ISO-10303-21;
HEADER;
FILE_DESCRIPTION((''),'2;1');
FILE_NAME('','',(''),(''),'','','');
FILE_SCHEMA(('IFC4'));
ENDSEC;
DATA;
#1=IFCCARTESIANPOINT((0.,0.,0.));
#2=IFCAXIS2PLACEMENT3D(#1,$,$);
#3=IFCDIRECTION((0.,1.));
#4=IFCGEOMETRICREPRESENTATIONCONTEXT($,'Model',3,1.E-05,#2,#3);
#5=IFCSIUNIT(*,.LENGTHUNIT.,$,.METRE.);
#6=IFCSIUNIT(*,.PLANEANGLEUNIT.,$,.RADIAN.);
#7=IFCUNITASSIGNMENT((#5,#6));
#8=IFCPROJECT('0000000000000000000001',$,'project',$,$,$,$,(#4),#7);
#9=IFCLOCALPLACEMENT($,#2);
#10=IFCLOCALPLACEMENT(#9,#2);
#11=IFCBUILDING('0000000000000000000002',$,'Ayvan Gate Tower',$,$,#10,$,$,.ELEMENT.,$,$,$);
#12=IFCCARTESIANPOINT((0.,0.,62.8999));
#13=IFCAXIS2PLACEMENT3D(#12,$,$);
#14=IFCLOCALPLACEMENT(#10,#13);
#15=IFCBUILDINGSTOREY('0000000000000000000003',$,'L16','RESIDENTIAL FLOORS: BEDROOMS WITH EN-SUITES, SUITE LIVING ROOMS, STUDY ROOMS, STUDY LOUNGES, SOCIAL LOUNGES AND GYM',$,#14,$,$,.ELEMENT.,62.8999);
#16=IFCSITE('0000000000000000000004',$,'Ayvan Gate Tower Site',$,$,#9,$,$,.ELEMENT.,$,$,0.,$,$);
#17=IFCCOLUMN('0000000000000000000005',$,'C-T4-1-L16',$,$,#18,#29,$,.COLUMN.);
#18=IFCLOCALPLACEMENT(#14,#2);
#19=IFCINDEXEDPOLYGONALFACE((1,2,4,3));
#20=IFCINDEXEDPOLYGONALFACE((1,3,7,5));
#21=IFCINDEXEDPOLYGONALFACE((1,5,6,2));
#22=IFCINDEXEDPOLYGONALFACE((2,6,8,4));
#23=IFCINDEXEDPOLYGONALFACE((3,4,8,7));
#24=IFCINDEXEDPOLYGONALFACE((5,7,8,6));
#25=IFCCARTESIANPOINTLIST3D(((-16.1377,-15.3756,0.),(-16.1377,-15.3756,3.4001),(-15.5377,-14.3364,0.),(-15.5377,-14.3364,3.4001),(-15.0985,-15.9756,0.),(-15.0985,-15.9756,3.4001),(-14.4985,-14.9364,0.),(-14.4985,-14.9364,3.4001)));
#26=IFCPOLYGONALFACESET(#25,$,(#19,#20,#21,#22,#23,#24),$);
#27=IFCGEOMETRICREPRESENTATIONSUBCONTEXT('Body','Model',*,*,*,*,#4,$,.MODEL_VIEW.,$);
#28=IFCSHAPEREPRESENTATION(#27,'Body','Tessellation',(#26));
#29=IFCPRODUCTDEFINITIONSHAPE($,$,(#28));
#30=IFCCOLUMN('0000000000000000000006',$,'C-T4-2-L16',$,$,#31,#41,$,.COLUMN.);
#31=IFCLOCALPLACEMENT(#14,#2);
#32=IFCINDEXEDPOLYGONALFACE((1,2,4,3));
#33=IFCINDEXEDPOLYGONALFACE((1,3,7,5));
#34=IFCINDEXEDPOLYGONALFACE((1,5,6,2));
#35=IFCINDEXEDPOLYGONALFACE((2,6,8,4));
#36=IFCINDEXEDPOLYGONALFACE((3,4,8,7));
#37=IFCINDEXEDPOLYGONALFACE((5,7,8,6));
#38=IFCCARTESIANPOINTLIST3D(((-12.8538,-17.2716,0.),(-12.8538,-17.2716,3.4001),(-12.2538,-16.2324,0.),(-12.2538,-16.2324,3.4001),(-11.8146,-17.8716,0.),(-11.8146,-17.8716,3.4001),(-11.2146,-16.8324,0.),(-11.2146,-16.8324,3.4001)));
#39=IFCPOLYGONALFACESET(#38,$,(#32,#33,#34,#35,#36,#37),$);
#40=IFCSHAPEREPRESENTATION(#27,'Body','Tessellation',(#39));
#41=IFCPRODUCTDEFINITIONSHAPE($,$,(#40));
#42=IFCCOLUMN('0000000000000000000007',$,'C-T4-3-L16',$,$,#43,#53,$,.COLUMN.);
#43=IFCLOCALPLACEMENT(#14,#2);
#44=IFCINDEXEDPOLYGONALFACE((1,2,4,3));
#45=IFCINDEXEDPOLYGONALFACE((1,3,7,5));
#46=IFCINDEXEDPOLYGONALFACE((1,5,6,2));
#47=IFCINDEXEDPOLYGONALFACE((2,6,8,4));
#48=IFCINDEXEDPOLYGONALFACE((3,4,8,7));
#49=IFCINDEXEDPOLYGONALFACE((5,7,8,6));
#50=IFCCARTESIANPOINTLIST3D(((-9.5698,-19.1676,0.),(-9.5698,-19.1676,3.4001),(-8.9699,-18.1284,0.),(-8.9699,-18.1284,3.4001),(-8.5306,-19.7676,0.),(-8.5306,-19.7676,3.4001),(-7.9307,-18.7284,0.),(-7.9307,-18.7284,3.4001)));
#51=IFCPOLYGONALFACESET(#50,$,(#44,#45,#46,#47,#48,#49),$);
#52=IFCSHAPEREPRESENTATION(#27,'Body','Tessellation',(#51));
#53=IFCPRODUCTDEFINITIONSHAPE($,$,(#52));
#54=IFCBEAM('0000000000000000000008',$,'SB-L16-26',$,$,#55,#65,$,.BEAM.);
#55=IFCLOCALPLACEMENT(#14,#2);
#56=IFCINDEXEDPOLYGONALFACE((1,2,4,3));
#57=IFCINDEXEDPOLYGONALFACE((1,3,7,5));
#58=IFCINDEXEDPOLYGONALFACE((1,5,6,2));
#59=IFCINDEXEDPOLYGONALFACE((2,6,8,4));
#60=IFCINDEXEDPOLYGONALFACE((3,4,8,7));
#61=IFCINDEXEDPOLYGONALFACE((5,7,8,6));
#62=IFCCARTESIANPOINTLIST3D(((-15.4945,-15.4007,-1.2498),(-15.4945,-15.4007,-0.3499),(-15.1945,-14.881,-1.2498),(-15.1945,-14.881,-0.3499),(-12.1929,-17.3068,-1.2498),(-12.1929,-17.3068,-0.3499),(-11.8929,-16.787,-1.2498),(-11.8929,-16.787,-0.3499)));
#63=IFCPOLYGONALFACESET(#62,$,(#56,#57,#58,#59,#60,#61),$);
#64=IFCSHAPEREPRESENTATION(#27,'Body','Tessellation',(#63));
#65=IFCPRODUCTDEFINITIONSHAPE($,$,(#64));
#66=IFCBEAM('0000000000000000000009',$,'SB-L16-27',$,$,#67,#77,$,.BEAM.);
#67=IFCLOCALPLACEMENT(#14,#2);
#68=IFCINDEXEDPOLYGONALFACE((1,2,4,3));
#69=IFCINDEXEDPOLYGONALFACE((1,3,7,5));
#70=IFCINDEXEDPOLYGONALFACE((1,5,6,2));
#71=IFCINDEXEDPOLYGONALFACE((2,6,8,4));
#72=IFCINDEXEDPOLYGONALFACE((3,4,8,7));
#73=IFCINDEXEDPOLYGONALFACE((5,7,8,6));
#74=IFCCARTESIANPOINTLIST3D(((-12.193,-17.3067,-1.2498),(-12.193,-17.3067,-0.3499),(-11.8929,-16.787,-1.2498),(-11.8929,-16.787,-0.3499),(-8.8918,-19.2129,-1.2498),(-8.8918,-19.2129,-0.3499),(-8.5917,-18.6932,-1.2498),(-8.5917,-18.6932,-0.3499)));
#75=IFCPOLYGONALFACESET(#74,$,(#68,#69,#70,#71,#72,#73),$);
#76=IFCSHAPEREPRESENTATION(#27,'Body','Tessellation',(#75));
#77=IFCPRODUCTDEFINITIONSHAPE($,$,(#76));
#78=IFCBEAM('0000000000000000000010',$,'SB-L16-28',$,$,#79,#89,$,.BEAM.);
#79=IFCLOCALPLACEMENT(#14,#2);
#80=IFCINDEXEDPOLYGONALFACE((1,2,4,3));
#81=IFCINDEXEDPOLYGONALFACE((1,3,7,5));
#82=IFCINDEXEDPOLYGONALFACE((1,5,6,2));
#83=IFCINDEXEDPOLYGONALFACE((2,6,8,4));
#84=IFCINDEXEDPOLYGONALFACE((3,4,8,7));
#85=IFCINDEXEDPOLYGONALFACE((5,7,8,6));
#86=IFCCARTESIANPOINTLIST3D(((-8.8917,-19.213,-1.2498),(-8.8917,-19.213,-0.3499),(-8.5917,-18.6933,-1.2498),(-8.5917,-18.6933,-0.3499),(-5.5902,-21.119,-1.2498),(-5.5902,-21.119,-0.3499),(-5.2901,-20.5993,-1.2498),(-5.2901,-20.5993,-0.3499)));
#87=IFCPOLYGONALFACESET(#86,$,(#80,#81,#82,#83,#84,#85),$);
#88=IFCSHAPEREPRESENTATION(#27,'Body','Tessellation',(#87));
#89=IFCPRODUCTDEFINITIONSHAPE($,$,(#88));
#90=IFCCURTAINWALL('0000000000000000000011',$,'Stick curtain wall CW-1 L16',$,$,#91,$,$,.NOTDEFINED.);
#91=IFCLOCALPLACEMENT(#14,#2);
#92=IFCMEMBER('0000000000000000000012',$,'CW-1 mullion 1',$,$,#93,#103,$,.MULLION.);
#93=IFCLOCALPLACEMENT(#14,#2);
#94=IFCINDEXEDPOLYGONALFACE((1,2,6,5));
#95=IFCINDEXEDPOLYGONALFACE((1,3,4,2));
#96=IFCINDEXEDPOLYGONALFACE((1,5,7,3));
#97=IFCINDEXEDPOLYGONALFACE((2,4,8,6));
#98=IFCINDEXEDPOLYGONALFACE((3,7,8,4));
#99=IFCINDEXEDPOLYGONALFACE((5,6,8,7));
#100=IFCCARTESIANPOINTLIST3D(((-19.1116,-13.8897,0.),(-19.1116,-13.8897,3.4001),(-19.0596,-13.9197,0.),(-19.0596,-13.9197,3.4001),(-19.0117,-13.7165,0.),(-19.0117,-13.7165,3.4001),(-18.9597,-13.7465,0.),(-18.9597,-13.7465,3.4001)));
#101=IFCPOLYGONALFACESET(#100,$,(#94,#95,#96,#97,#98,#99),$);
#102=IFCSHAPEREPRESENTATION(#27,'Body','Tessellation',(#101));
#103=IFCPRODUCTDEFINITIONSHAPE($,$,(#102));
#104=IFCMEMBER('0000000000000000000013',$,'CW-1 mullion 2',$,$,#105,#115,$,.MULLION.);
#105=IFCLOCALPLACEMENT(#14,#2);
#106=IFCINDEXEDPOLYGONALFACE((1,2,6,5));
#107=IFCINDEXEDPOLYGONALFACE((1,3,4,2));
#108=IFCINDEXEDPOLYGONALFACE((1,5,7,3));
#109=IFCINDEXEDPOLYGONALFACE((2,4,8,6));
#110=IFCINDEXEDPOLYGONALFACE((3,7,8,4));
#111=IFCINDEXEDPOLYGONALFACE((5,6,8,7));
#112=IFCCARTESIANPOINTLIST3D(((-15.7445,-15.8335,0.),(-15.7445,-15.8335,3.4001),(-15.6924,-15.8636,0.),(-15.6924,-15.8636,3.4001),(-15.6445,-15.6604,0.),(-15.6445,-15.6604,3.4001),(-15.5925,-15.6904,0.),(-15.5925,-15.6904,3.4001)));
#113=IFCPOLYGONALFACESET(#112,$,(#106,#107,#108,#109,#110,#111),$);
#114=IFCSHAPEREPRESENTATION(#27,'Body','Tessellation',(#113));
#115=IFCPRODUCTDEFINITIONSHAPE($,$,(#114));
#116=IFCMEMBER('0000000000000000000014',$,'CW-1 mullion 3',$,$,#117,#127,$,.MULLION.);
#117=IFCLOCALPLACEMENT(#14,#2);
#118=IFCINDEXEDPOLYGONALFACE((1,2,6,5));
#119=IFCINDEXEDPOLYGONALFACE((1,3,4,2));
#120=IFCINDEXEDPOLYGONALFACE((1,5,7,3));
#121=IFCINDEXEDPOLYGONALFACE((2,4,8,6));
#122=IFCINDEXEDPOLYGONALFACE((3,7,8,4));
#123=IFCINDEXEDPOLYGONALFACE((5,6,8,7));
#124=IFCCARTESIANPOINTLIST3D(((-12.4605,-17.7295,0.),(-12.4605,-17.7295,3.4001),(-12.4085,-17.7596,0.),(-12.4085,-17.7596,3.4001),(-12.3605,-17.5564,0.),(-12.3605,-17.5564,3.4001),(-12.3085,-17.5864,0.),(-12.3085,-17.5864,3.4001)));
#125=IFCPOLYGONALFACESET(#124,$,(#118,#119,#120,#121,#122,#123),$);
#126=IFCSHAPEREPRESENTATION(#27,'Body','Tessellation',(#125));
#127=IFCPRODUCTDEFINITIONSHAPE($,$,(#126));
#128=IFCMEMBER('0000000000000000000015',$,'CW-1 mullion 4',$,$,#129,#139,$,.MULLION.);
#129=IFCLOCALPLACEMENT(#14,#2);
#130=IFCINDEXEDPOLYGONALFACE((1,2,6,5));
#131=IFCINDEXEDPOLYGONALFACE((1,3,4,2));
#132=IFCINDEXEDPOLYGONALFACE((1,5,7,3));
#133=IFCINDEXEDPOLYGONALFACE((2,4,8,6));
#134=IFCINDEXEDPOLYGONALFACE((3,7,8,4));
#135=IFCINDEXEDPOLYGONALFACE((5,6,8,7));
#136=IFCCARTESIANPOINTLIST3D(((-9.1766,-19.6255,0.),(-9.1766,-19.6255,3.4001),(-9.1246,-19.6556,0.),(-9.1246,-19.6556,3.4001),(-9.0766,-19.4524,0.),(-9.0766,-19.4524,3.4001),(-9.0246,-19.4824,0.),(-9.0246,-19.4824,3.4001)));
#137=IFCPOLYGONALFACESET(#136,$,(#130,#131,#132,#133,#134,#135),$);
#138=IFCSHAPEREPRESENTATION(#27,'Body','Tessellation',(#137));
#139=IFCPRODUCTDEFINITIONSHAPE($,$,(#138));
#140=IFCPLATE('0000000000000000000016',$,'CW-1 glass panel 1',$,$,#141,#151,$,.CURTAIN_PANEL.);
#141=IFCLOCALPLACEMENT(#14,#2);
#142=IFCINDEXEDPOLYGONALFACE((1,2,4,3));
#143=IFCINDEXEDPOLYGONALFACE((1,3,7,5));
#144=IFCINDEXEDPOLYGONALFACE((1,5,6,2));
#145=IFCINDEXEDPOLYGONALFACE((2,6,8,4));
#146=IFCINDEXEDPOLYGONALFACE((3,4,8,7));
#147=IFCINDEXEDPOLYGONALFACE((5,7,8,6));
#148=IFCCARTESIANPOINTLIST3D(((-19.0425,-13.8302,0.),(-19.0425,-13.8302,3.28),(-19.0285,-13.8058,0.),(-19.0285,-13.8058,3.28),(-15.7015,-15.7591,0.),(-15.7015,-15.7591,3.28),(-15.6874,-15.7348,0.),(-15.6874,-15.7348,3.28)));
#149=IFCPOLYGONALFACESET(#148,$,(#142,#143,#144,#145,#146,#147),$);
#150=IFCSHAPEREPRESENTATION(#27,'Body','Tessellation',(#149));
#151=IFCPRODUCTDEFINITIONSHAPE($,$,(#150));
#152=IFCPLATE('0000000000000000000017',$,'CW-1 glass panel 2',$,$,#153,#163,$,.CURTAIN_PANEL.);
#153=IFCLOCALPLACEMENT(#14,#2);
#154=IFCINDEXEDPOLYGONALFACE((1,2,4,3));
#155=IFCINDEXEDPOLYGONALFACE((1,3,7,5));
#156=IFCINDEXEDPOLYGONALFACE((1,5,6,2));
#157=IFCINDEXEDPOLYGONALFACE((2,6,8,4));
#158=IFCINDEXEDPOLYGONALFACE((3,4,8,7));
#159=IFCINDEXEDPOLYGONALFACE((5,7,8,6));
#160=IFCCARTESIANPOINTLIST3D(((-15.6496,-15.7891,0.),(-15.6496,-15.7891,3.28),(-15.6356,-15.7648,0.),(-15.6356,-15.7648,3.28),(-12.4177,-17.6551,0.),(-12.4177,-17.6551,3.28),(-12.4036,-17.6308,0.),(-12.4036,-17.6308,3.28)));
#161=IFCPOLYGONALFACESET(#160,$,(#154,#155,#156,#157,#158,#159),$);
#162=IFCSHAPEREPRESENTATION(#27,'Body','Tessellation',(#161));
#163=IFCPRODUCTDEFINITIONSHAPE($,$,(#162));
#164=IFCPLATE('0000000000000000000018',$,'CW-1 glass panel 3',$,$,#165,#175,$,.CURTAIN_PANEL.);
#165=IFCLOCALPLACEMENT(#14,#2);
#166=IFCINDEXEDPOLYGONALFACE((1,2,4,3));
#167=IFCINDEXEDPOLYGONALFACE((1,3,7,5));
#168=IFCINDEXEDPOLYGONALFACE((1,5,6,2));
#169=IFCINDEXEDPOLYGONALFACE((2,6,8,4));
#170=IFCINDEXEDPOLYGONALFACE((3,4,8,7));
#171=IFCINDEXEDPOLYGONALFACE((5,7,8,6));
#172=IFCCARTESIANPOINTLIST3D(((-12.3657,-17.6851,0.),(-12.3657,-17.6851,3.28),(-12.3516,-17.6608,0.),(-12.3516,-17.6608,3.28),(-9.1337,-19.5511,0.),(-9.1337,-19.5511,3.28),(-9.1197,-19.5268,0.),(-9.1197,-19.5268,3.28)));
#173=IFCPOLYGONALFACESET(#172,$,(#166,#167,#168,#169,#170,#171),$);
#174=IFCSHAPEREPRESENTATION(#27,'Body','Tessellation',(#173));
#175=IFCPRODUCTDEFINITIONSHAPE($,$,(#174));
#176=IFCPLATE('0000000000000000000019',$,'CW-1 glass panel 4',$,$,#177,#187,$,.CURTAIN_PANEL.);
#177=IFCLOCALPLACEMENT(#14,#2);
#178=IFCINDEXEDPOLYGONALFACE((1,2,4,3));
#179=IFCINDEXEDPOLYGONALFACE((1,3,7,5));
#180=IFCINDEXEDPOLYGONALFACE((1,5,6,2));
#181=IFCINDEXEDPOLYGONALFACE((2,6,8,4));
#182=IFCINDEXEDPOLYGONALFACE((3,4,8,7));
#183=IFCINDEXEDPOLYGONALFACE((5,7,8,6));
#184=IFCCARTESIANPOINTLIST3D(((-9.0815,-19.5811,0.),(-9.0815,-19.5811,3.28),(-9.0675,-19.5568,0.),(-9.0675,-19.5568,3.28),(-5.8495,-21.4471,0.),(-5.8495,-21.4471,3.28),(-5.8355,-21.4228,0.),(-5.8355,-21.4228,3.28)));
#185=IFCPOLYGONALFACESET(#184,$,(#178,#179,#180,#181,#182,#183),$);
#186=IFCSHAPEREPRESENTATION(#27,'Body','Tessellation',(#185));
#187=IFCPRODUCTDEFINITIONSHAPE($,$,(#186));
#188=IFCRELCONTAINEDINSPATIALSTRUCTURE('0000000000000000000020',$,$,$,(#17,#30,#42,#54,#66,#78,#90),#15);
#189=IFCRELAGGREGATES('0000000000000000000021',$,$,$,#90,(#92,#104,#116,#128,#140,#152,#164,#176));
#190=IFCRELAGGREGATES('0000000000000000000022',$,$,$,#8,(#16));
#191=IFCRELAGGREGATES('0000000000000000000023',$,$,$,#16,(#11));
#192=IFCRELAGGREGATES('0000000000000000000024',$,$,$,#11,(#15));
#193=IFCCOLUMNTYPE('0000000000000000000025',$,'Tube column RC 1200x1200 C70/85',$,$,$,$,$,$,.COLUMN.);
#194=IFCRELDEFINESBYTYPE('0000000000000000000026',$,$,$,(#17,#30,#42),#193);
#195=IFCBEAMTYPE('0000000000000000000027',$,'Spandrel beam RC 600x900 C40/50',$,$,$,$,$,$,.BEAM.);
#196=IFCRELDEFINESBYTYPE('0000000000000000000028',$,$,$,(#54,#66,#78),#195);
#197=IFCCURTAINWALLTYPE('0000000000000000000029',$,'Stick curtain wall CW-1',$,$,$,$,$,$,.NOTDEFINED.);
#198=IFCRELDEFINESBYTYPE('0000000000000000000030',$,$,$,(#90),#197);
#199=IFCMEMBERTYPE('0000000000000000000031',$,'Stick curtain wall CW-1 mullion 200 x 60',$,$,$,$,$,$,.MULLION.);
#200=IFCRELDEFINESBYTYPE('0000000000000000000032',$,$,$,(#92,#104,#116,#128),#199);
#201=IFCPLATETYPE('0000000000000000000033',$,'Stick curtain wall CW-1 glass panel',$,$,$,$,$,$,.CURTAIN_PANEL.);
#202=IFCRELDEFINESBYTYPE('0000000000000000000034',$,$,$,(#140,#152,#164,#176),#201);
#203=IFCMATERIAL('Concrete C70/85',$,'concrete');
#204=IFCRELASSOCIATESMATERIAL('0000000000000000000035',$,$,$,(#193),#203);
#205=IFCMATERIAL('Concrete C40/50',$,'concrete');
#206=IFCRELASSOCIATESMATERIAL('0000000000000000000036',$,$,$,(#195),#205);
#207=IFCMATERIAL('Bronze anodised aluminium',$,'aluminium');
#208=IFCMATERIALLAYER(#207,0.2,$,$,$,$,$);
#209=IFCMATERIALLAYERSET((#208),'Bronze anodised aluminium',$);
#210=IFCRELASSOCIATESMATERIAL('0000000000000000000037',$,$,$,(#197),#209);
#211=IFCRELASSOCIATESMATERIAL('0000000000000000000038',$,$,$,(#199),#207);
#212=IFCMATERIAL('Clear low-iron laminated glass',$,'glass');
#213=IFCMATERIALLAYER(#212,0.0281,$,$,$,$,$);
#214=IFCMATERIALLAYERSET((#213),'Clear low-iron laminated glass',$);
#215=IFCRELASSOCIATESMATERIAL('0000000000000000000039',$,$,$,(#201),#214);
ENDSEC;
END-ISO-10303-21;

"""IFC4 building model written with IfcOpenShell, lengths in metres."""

from ifc_helpers import new_model, si_unit, direction, frame, origin, origin_2d, place, context, subcontext, project, spatial, rectangle, extrude, material, layer, layer_set, material_profile, profile_set, type_object, element, aggregate, save


model = new_model("IFC4")

# Units and contexts
model_context = context("Model", 3, precision=1e-05, world=origin(), true_north=direction((0.0, 1.0)))
body_context = subcontext(model_context, "Body", "Model", "MODEL_VIEW")
ifc_project = project(units=[si_unit("LENGTHUNIT", "METRE"), si_unit("PLANEANGLEUNIT", "RADIAN")], contexts=[model_context])

# Site, building, storey
site_placement = place(None, origin())
site = spatial("IfcSite", under=ifc_project, at=site_placement, Name="Ayvan Gate Tower Site", CompositionType="ELEMENT", RefElevation=0.0)
building_placement = place(site_placement, origin())
building = spatial("IfcBuilding", under=site, at=building_placement, Name="Ayvan Gate Tower", CompositionType="ELEMENT")
storey_placement = place(building_placement, frame((0.0, 0.0, 62.8999)))
storey = spatial("IfcBuildingStorey", under=building, at=storey_placement, Name="L16", Description="RESIDENTIAL FLOORS: BEDROOMS WITH EN-SUITES, SUITE LIVING ROOMS, STUDY ROOMS, STUDY LOUNGES, SOCIAL LOUNGES AND GYM", CompositionType="ELEMENT", Elevation=62.8999)

# Columns
ifc_material_1 = material(Name="Concrete C70/85", Category="concrete")
ifc_material_profile_1 = material_profile(ifc_material_1, rectangle(XDim=1.2, YDim=1.2, at=origin_2d()), Name="RC 1200x1200")
ifc_profile_set_1 = profile_set([ifc_material_profile_1], Name="Concrete C70/85")
column_type = type_object("IfcColumnType", Name="Tube column RC 1200x1200 C70/85", PredefinedType="COLUMN", material=ifc_profile_set_1)
for number, where, z_axis, x_axis, name in (
    (1, (-15.3181, -15.156, 0.0), (0.0, 0.0, 1.0), (-0.5, -0.866025, 0.0), "C-T4-1-L16"),
    (2, (-12.0342, -17.052, 0.0), (0.0, 0.0, 1.0), (-0.5, -0.866025, 0.0), "C-T4-2-L16"),
    (3, (-8.7502, -18.948, 0.0), (0.0, 0.0, 1.0), (-0.5, -0.866025, 0.0), "C-T4-3-L16"),
):
    element("IfcColumn", number, at=place(storey_placement, frame(where, z_axis=z_axis, x_axis=x_axis)), inside=storey, type_object=column_type, Name=name, PredefinedType="COLUMN", context=body_context, shape_type="SweptSolid", body=[
        extrude(rectangle(XDim=1.2, YDim=1.2, at=origin_2d()), origin(), (0.0, 0.0, 1.0), 3.4001),
    ])

# Beams
ifc_material_2 = material(Name="Concrete C40/50", Category="concrete")
ifc_material_profile_2 = material_profile(ifc_material_2, rectangle(XDim=0.6001, YDim=0.8999, at=origin_2d()), Name="RC 600x900")
ifc_profile_set_2 = profile_set([ifc_material_profile_2], Name="Concrete C40/50")
beam_type = type_object("IfcBeamType", Name="Spandrel beam RC 600x900 C40/50", PredefinedType="BEAM", material=ifc_profile_set_2)
beam_1_placement = place(storey_placement, frame((-15.3445, -15.1409, -0.7998), z_axis=(0.866039, -0.499976, 0.0), x_axis=(0.499976, 0.866039, 0.0)))
element("IfcBeam", 4, at=beam_1_placement, inside=storey, type_object=beam_type, Name="SB-L16-26", PredefinedType="BEAM", context=body_context, shape_type="SweptSolid", body=[
    extrude(rectangle(XDim=0.6001, YDim=0.8999, at=origin_2d()), origin(), (0.0, 0.0, 1.0), 3.8123),
])
beam_2_placement = place(storey_placement, frame((-12.043, -17.0469, -0.7998), z_axis=(0.865996, -0.500051, 0.0), x_axis=(0.500051, 0.865996, 0.0)))
element("IfcBeam", 5, at=beam_2_placement, inside=storey, type_object=beam_type, Name="SB-L16-27", PredefinedType="BEAM", context=body_context, shape_type="SweptSolid", body=[
    extrude(rectangle(XDim=0.6001, YDim=0.8999, at=origin_2d()), origin(), (0.0, 0.0, 1.0), 3.812),
])
beam_3_placement = place(storey_placement, frame((-8.7417, -18.9531, -0.7998), z_axis=(0.866039, -0.499976, 0.0), x_axis=(0.499976, 0.866039, 0.0)))
element("IfcBeam", 6, at=beam_3_placement, inside=storey, type_object=beam_type, Name="SB-L16-28", PredefinedType="BEAM", context=body_context, shape_type="SweptSolid", body=[
    extrude(rectangle(XDim=0.6001, YDim=0.8999, at=origin_2d()), origin(), (0.0, 0.0, 1.0), 3.8123),
])

# Curtain wall, members, plates
ifc_material_3 = material(Name="Bronze anodised aluminium", Category="aluminium")
ifc_layer_1 = layer(ifc_material_3, 0.2)
ifc_layer_set_1 = layer_set([ifc_layer_1], Name="Bronze anodised aluminium")
curtain_wall_type = type_object("IfcCurtainWallType", Name="Stick curtain wall CW-1", PredefinedType="NOTDEFINED", material=ifc_layer_set_1)
curtain_wall_placement = place(storey_placement, origin())
curtain_wall = element("IfcCurtainWall", 7, at=curtain_wall_placement, inside=storey, type_object=curtain_wall_type, Name="Stick curtain wall CW-1 L16", PredefinedType="NOTDEFINED")
ifc_material_profile_3 = material_profile(ifc_material_3, rectangle(XDim=0.2, YDim=0.0601, at=origin_2d()), Name="Stick curtain wall CW-1 mullion 200 x 60")
ifc_profile_set_3 = profile_set([ifc_material_profile_3], Name="Bronze anodised aluminium")
member_type = type_object("IfcMemberType", Name="Stick curtain wall CW-1 mullion 200 x 60", PredefinedType="MULLION", material=ifc_profile_set_3)
member_1_placement = place(storey_placement, frame((-19.0356, -13.8181, 0.0), z_axis=(0.0, 0.0, 1.0), x_axis=(-0.5, -0.866025, 0.0)))
member_1 = element("IfcMember", 8, at=member_1_placement, type_object=member_type, Name="CW-1 mullion 1", PredefinedType="MULLION", context=body_context, shape_type="SweptSolid", body=[
    extrude(rectangle(XDim=0.2, YDim=0.0601, at=origin_2d()), origin(), (0.0, 0.0, 1.0), 3.4001),
])
member_2_placement = place(storey_placement, frame((-15.6685, -15.762, 0.0), z_axis=(0.0, 0.0, 1.0), x_axis=(-0.5, -0.866025, 0.0)))
member_2 = element("IfcMember", 9, at=member_2_placement, type_object=member_type, Name="CW-1 mullion 2", PredefinedType="MULLION", context=body_context, shape_type="SweptSolid", body=[
    extrude(rectangle(XDim=0.2, YDim=0.0601, at=origin_2d()), origin(), (0.0, 0.0, 1.0), 3.4001),
])
member_3_placement = place(storey_placement, frame((-12.3845, -17.658, 0.0), z_axis=(0.0, 0.0, 1.0), x_axis=(-0.5, -0.866025, 0.0)))
member_3 = element("IfcMember", 10, at=member_3_placement, type_object=member_type, Name="CW-1 mullion 3", PredefinedType="MULLION", context=body_context, shape_type="SweptSolid", body=[
    extrude(rectangle(XDim=0.2, YDim=0.0601, at=origin_2d()), origin(), (0.0, 0.0, 1.0), 3.4001),
])
member_4_placement = place(storey_placement, frame((-9.1006, -19.554, 0.0), z_axis=(0.0, 0.0, 1.0), x_axis=(-0.5, -0.866025, 0.0)))
member_4 = element("IfcMember", 11, at=member_4_placement, type_object=member_type, Name="CW-1 mullion 4", PredefinedType="MULLION", context=body_context, shape_type="SweptSolid", body=[
    extrude(rectangle(XDim=0.2, YDim=0.0601, at=origin_2d()), origin(), (0.0, 0.0, 1.0), 3.4001),
])
ifc_material_4 = material(Name="Clear low-iron laminated glass", Category="glass")
ifc_layer_2 = layer(ifc_material_4, 0.0281)
ifc_layer_set_2 = layer_set([ifc_layer_2], Name="Clear low-iron laminated glass")
plate_type = type_object("IfcPlateType", Name="Stick curtain wall CW-1 glass panel", PredefinedType="CURTAIN_PANEL", material=ifc_layer_set_2)
plate_1_placement = place(storey_placement, frame((-17.365, -14.7825, 0.0), z_axis=(0.0, 0.0, 1.0), x_axis=(0.866025, -0.5, 0.0)))
plate_1 = element("IfcPlate", 12, at=plate_1_placement, type_object=plate_type, Name="CW-1 glass panel 1", PredefinedType="CURTAIN_PANEL", context=body_context, shape_type="SweptSolid", body=[
    extrude(rectangle(XDim=3.8579, YDim=0.0281, at=origin_2d()), origin(), (0.0, 0.0, 1.0), 3.28),
])
plate_2_placement = place(storey_placement, frame((-14.0266, -16.71, 0.0), z_axis=(0.0, 0.0, 1.0), x_axis=(0.866025, -0.5, 0.0)))
plate_2 = element("IfcPlate", 13, at=plate_2_placement, type_object=plate_type, Name="CW-1 glass panel 2", PredefinedType="CURTAIN_PANEL", context=body_context, shape_type="SweptSolid", body=[
    extrude(rectangle(XDim=3.7319, YDim=0.0281, at=origin_2d()), origin(), (0.0, 0.0, 1.0), 3.28),
])
plate_3_placement = place(storey_placement, frame((-10.7427, -18.606, 0.0), z_axis=(0.0, 0.0, 1.0), x_axis=(0.866025, -0.5, 0.0)))
plate_3 = element("IfcPlate", 14, at=plate_3_placement, type_object=plate_type, Name="CW-1 glass panel 3", PredefinedType="CURTAIN_PANEL", context=body_context, shape_type="SweptSolid", body=[
    extrude(rectangle(XDim=3.7319, YDim=0.0281, at=origin_2d()), origin(), (0.0, 0.0, 1.0), 3.28),
])
plate_4_placement = place(storey_placement, frame((-7.4585, -20.502, 0.0), z_axis=(0.0, 0.0, 1.0), x_axis=(0.866025, -0.5, 0.0)))
plate_4 = element("IfcPlate", 15, at=plate_4_placement, type_object=plate_type, Name="CW-1 glass panel 4", PredefinedType="CURTAIN_PANEL", context=body_context, shape_type="SweptSolid", body=[
    extrude(rectangle(XDim=3.7319, YDim=0.0281, at=origin_2d()), origin(), (0.0, 0.0, 1.0), 3.28),
])
aggregate(curtain_wall, [member_1, member_2, member_3, member_4, plate_1, plate_2, plate_3, plate_4])

save(model, "model.ifc")
